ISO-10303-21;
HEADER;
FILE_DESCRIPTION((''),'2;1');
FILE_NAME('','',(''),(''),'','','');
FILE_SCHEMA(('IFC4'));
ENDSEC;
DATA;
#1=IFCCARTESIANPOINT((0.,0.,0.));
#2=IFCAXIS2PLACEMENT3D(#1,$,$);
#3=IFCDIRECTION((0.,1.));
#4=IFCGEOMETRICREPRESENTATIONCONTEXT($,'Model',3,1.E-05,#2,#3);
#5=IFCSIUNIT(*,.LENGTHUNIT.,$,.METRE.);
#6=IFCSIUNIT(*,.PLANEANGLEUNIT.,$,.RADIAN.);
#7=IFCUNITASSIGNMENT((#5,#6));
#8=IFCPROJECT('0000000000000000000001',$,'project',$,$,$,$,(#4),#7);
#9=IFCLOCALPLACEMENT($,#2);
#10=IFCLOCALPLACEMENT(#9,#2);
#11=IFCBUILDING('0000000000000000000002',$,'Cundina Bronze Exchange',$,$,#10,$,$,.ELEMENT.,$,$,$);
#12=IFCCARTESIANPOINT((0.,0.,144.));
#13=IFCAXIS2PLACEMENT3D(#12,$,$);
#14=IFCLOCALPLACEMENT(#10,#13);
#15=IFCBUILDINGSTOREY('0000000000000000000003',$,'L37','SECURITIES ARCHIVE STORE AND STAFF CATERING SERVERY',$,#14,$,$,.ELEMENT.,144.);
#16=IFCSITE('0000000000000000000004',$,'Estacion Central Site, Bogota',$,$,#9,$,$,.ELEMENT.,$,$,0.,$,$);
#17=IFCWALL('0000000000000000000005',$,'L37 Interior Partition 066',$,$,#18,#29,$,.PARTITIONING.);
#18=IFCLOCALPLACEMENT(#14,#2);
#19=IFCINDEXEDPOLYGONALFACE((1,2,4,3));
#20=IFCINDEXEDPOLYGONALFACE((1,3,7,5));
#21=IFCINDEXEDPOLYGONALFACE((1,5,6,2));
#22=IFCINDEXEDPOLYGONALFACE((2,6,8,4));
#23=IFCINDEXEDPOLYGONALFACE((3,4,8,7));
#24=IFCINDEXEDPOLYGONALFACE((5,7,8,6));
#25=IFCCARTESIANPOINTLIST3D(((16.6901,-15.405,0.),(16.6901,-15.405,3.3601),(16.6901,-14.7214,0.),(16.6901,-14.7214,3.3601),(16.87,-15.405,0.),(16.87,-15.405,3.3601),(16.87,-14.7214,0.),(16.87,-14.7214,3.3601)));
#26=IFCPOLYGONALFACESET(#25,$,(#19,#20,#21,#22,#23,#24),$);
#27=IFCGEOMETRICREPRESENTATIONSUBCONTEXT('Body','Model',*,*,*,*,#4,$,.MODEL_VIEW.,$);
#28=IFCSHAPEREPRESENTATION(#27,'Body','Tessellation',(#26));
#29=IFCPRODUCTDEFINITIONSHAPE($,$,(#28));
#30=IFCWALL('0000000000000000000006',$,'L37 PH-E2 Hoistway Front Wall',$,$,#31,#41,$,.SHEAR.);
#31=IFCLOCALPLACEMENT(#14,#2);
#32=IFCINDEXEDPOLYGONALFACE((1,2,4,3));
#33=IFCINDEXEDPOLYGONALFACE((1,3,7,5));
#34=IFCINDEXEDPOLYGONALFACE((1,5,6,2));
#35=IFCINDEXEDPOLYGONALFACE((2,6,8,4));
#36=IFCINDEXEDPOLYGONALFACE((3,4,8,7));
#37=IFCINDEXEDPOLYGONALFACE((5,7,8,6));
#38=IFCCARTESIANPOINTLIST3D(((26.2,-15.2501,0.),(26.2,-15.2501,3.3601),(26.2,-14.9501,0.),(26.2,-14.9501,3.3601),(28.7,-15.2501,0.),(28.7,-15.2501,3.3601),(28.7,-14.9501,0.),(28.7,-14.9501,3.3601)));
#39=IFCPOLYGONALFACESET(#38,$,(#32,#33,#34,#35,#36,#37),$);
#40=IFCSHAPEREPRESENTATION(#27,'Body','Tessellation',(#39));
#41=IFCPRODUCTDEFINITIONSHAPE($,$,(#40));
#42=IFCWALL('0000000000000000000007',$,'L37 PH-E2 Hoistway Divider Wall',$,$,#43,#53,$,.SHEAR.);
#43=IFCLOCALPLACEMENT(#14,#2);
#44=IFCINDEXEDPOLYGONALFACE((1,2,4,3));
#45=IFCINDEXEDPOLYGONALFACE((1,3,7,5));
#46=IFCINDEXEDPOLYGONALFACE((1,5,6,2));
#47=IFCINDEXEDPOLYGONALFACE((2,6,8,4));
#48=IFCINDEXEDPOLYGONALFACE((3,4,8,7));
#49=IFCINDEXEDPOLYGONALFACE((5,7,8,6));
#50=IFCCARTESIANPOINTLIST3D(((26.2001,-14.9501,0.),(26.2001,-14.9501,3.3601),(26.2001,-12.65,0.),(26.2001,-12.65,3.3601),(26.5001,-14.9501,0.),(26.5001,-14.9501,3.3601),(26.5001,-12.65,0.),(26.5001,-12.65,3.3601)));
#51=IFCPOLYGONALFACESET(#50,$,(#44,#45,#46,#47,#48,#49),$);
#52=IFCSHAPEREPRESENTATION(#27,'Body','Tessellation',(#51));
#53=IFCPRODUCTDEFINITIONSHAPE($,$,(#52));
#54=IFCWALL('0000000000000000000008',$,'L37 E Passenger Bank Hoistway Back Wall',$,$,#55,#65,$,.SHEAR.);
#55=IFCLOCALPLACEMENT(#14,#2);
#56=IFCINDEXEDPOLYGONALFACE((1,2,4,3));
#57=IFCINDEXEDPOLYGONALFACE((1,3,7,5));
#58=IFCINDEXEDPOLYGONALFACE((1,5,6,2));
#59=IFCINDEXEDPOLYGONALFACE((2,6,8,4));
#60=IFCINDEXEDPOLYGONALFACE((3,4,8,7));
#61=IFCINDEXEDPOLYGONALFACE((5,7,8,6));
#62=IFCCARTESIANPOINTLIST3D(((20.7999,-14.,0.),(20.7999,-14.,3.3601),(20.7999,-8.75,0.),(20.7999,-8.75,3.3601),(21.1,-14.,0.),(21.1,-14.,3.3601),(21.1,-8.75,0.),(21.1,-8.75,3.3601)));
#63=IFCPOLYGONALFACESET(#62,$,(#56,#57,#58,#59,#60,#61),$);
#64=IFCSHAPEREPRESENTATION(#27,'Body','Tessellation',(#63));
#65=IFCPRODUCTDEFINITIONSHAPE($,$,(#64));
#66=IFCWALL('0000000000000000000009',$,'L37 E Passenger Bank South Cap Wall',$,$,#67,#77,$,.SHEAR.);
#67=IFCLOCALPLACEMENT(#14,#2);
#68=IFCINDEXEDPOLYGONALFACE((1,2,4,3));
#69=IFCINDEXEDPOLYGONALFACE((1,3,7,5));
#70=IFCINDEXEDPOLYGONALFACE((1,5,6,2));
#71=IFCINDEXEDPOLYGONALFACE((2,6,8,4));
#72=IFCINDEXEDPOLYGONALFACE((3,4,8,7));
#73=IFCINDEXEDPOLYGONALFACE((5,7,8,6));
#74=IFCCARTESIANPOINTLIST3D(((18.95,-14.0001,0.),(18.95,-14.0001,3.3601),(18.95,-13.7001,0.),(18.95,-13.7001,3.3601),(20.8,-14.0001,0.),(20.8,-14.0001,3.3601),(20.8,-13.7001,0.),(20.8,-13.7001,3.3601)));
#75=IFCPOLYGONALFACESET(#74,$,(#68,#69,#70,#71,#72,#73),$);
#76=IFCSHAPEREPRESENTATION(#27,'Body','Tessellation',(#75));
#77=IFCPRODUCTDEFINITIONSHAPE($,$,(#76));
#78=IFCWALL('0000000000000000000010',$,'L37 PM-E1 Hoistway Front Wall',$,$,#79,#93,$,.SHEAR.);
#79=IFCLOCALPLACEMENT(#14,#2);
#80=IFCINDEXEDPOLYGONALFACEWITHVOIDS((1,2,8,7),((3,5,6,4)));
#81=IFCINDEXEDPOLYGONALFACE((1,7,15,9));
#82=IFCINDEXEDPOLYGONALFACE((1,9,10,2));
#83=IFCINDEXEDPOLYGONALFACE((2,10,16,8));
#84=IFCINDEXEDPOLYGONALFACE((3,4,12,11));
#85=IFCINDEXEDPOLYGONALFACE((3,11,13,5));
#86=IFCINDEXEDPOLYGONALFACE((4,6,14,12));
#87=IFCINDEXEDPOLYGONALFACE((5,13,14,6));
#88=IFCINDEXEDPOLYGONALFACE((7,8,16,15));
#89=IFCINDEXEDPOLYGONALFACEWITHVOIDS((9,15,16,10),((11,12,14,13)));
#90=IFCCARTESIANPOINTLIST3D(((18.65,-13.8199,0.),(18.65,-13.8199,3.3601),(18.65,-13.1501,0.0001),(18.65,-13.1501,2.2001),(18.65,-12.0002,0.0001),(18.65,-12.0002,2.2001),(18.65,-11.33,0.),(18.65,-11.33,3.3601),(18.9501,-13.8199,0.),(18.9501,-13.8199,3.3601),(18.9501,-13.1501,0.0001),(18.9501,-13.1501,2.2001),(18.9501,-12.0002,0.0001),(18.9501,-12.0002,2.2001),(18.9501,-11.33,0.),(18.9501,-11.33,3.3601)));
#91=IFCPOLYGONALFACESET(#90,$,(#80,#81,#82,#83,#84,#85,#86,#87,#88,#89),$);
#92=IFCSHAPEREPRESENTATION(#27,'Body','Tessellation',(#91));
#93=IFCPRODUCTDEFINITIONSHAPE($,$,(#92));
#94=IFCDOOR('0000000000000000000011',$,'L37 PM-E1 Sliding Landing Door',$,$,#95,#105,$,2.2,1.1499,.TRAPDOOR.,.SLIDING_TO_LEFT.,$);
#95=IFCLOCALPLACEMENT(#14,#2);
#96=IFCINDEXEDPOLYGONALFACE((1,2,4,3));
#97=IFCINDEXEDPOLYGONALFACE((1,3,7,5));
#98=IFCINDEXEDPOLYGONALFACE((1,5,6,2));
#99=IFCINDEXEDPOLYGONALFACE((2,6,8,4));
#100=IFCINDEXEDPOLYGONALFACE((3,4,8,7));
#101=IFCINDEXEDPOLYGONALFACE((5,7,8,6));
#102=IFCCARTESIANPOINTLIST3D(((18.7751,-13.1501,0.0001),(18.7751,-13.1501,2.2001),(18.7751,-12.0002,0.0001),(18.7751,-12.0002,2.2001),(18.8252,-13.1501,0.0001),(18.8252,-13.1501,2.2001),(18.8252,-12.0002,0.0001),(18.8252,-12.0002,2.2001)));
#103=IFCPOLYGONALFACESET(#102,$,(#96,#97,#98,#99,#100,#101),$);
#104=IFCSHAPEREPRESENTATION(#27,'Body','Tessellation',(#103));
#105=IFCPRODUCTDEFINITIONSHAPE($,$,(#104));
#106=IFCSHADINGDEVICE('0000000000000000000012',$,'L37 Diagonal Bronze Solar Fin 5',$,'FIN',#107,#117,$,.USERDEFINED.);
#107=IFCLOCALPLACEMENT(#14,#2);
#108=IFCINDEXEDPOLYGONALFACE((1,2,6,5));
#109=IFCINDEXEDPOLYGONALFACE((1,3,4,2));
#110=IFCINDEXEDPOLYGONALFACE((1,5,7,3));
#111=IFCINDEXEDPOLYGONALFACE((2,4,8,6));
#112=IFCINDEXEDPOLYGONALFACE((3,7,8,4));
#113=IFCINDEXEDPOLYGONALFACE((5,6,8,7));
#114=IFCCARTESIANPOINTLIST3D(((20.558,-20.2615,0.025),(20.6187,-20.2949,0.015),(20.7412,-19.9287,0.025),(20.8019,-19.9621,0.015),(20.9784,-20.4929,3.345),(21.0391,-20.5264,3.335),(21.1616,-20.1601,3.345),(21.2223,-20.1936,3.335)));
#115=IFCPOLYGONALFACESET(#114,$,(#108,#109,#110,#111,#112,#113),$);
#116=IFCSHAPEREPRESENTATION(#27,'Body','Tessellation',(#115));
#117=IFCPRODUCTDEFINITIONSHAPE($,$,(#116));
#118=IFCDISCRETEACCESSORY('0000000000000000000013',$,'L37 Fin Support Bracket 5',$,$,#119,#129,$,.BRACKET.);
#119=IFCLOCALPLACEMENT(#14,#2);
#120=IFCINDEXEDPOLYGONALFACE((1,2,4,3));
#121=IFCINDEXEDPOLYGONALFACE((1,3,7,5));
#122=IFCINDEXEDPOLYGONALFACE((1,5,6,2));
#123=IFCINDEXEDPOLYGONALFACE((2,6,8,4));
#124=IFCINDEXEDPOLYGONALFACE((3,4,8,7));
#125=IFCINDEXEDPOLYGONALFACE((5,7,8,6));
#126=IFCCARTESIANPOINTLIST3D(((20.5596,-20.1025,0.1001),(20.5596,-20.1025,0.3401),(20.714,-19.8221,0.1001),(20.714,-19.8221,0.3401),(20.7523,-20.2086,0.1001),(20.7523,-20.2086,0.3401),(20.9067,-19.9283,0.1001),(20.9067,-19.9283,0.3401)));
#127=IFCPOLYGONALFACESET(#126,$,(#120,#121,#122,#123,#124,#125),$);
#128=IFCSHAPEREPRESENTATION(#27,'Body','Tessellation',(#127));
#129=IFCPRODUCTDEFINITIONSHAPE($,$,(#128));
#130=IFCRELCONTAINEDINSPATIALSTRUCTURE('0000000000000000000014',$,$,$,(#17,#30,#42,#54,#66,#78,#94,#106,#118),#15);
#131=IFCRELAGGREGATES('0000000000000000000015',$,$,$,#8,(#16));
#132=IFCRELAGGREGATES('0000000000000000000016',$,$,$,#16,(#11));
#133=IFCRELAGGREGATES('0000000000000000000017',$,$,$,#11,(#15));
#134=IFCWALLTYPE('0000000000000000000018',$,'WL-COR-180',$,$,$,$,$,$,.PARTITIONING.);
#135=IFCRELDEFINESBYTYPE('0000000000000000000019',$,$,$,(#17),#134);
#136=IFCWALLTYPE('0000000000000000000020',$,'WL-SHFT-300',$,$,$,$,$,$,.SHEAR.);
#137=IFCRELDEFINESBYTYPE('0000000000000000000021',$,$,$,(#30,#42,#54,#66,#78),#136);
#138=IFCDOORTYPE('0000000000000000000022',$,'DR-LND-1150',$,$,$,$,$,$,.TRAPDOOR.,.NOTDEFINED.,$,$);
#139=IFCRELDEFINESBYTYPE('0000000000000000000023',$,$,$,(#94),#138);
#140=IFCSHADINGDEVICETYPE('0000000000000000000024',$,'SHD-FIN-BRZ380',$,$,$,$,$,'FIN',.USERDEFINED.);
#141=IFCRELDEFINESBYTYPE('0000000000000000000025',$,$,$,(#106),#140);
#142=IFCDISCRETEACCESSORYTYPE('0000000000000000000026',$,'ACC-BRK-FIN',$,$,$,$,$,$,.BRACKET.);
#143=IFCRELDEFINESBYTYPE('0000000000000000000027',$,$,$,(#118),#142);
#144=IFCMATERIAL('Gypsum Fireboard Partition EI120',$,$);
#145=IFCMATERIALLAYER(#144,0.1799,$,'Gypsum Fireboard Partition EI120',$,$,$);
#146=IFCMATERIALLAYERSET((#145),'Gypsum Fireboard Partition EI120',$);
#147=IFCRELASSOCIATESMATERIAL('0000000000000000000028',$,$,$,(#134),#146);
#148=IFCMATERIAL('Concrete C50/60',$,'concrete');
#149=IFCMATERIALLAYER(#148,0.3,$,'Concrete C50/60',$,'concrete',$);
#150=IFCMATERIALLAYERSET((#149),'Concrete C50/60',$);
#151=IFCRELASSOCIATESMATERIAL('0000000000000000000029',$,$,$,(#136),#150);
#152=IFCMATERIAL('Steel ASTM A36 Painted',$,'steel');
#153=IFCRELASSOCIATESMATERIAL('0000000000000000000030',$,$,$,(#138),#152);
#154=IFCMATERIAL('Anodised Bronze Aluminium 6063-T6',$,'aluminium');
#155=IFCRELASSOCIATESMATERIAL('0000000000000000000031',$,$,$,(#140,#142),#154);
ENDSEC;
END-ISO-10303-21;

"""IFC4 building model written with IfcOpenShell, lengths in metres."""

from ifc_helpers import new_model, si_unit, direction, frame, frame_2d, origin, origin_2d, place, context, subcontext, project, spatial, rectangle, extrude, material, layer, layer_set, material_profile, profile_set, type_object, element, fill, save


model = new_model("IFC4")

# Units and contexts
model_context = context("Model", 3, precision=1e-05, world=origin(), true_north=direction((0.0, 1.0)))
body_context = subcontext(model_context, "Body", "Model", "MODEL_VIEW")
ifc_project = project(units=[si_unit("LENGTHUNIT", "METRE"), si_unit("PLANEANGLEUNIT", "RADIAN")], contexts=[model_context])

# Site, building, storey
site_placement = place(None, origin())
site = spatial("IfcSite", under=ifc_project, at=site_placement, Name="Estacion Central Site, Bogota", CompositionType="ELEMENT", RefElevation=0.0)
building_placement = place(site_placement, origin())
building = spatial("IfcBuilding", under=site, at=building_placement, Name="Cundina Bronze Exchange", CompositionType="ELEMENT")
storey_placement = place(building_placement, frame((0.0, 0.0, 144.0)))
storey = spatial("IfcBuildingStorey", under=building, at=storey_placement, Name="L37", Description="SECURITIES ARCHIVE STORE AND STAFF CATERING SERVERY", CompositionType="ELEMENT", Elevation=144.0)

# Shared definitions
ifc_material_1 = material(Name="Concrete C50/60", Category="concrete")

# Shared definitions
ifc_material_2 = material(Name="Anodised Bronze Aluminium 6063-T6", Category="aluminium")

# Shared definitions
ifc_material_3 = material(Name="Gypsum Fireboard Partition EI120")
ifc_layer_1 = layer(ifc_material_3, 0.1799, Name="Gypsum Fireboard Partition EI120")
ifc_layer_set_1 = layer_set([ifc_layer_1], Name="Gypsum Fireboard Partition EI120")
wall_type_1 = type_object("IfcWallType", Name="WL-COR-180", PredefinedType="PARTITIONING", material=ifc_layer_set_1)

# Walls
wall_1_placement = place(storey_placement, frame((16.78, -14.7214, 0.0), z_axis=(0.0, 0.0, 1.0), x_axis=(0.0, -1.0, 0.0)))
element("IfcWall", 1, at=wall_1_placement, inside=storey, type_object=wall_type_1, Name="L37 Interior Partition 066", PredefinedType="PARTITIONING", context=body_context, shape_type="SweptSolid", body=[
    extrude(rectangle(XDim=0.6836, YDim=0.1799, at=frame_2d((0.3418, 0.0))), origin(), (0.0, 0.0, 1.0), 3.3601),
])
ifc_layer_2 = layer(ifc_material_1, 0.3, Name="Concrete C50/60", Category="concrete")
ifc_layer_set_2 = layer_set([ifc_layer_2], Name="Concrete C50/60")
wall_type_2 = type_object("IfcWallType", Name="WL-SHFT-300", PredefinedType="SHEAR", material=ifc_layer_set_2)
wall_2_placement = place(storey_placement, frame((26.2, -15.1001, 0.0), z_axis=(0.0, 0.0, 1.0), x_axis=(1.0, 0.0, 0.0)))
element("IfcWall", 2, at=wall_2_placement, inside=storey, type_object=wall_type_2, Name="L37 PH-E2 Hoistway Front Wall", PredefinedType="SHEAR", context=body_context, shape_type="SweptSolid", body=[
    extrude(rectangle(XDim=2.5, YDim=0.3, at=frame_2d((1.25, 0.0))), origin(), (0.0, 0.0, 1.0), 3.3601),
])
wall_3_placement = place(storey_placement, frame((26.3501, -14.95, 0.0), z_axis=(0.0, 0.0, 1.0), x_axis=(0.0, 1.0, 0.0)))
element("IfcWall", 3, at=wall_3_placement, inside=storey, type_object=wall_type_2, Name="L37 PH-E2 Hoistway Divider Wall", PredefinedType="SHEAR", context=body_context, shape_type="SweptSolid", body=[
    extrude(rectangle(XDim=2.3, YDim=0.3, at=frame_2d((1.1499, 0.0))), origin(), (0.0, 0.0, 1.0), 3.3601),
])
wall_4_placement = place(storey_placement, frame((20.95, -14.0, 0.0), z_axis=(0.0, 0.0, 1.0), x_axis=(0.0, 1.0, 0.0)))
element("IfcWall", 4, at=wall_4_placement, inside=storey, type_object=wall_type_2, Name="L37 E Passenger Bank Hoistway Back Wall", PredefinedType="SHEAR", context=body_context, shape_type="SweptSolid", body=[
    extrude(rectangle(XDim=5.25, YDim=0.3, at=frame_2d((2.625, 0.0))), origin(), (0.0, 0.0, 1.0), 3.3601),
])
wall_5_placement = place(storey_placement, frame((18.95, -13.8501, 0.0), z_axis=(0.0, 0.0, 1.0), x_axis=(1.0, 0.0, 0.0)))
element("IfcWall", 5, at=wall_5_placement, inside=storey, type_object=wall_type_2, Name="L37 E Passenger Bank South Cap Wall", PredefinedType="SHEAR", context=body_context, shape_type="SweptSolid", body=[
    extrude(rectangle(XDim=1.8501, YDim=0.3, at=frame_2d((0.925, 0.0))), origin(), (0.0, 0.0, 1.0), 3.3601),
])

# Wall, opening, door
wall_6_placement = place(storey_placement, frame((18.8, -13.8201, 0.0), z_axis=(0.0, 0.0, 1.0), x_axis=(0.0, 1.0, 0.0)))
wall_6 = element("IfcWall", 6, at=wall_6_placement, inside=storey, type_object=wall_type_2, Name="L37 PM-E1 Hoistway Front Wall", PredefinedType="SHEAR", context=body_context, shape_type="SweptSolid", body=[
    extrude(rectangle(XDim=2.49, YDim=0.3, at=frame_2d((1.2451, 0.0))), origin(), (0.0, 0.0, 1.0), 3.3601),
])
opening_1_placement = place(wall_6_placement, frame((0.6699, 0.0, 0.0)))
opening_1 = element("IfcOpeningElement", 7, at=opening_1_placement, cuts=wall_6, PredefinedType="OPENING", context=body_context, shape_type="SweptSolid", body=[
    extrude(rectangle(XDim=1.1499, YDim=2.2, at=frame_2d((0.575, 1.1001))), frame((0.0, 0.1599, 0.0), z_axis=(0.0, -1.0, 0.0), x_axis=(1.0, 0.0, 0.0)), (0.0, 0.0, 1.0), 0.3201),
])
ifc_material_4 = material(Name="Steel ASTM A36 Painted", Category="steel")
door_type_1 = type_object("IfcDoorType", Name="DR-LND-1150", OperationType="NOTDEFINED", PredefinedType="TRAPDOOR", material=ifc_material_4)
door_1_placement = place(opening_1_placement, origin())
door_1 = element("IfcDoor", 8, at=door_1_placement, inside=storey, type_object=door_type_1, Name="L37 PM-E1 Sliding Landing Door", OperationType="SLIDING_TO_LEFT", OverallHeight=2.2, OverallWidth=1.1499, PredefinedType="TRAPDOOR", context=body_context, shape_type="SweptSolid", body=[
    extrude(rectangle(XDim=1.1499, YDim=2.2, at=frame_2d((0.575, 1.1001))), frame((0.0, 0.0249, 0.0), z_axis=(0.0, -1.0, 0.0), x_axis=(1.0, 0.0, 0.0)), (0.0, 0.0, 1.0), 0.05),
])
fill(opening_1, door_1)

# Shading device
ifc_material_profile_1 = material_profile(ifc_material_2, rectangle(XDim=0.0701, YDim=0.3799, at=origin_2d()), Name="FIN70X380", Category="aluminium")
ifc_profile_set_1 = profile_set([ifc_material_profile_1], Name="Anodised Bronze Aluminium 6063-T6")
shading_device_type = type_object("IfcShadingDeviceType", Name="SHD-FIN-BRZ380", ElementType="FIN", PredefinedType="USERDEFINED", material=ifc_profile_set_1)
shading_device_placement = place(storey_placement, frame((20.6799, -20.1118, 0.02), z_axis=(0.125324, -0.068994, 0.989714), x_axis=(-0.867012, 0.47731, 0.143061)))
element("IfcShadingDevice", 9, at=shading_device_placement, inside=storey, type_object=shading_device_type, Name="L37 Diagonal Bronze Solar Fin 5", ObjectType="FIN", PredefinedType="USERDEFINED", context=body_context, shape_type="SweptSolid", body=[
    extrude(rectangle(XDim=0.0701, YDim=0.3799, at=origin_2d()), origin(), (0.0, 0.0, 1.0), 3.3545),
])

# Discrete accessory
discrete_accessory_type = type_object("IfcDiscreteAccessoryType", Name="ACC-BRK-FIN", PredefinedType="BRACKET", material=ifc_material_2)
discrete_accessory_placement = place(storey_placement, frame((20.7332, -20.0154, 0.1001), z_axis=(0.0, 0.0, 1.0), x_axis=(0.875869, -0.482549, 0.0)))
element("IfcDiscreteAccessory", 10, at=discrete_accessory_placement, inside=storey, type_object=discrete_accessory_type, Name="L37 Fin Support Bracket 5", PredefinedType="BRACKET", context=body_context, shape_type="SweptSolid", body=[
    extrude(rectangle(XDim=0.22, YDim=0.3201, at=origin_2d()), origin(), (0.0, 0.0, 1.0), 0.24),
])

save(model, "model.ifc")
